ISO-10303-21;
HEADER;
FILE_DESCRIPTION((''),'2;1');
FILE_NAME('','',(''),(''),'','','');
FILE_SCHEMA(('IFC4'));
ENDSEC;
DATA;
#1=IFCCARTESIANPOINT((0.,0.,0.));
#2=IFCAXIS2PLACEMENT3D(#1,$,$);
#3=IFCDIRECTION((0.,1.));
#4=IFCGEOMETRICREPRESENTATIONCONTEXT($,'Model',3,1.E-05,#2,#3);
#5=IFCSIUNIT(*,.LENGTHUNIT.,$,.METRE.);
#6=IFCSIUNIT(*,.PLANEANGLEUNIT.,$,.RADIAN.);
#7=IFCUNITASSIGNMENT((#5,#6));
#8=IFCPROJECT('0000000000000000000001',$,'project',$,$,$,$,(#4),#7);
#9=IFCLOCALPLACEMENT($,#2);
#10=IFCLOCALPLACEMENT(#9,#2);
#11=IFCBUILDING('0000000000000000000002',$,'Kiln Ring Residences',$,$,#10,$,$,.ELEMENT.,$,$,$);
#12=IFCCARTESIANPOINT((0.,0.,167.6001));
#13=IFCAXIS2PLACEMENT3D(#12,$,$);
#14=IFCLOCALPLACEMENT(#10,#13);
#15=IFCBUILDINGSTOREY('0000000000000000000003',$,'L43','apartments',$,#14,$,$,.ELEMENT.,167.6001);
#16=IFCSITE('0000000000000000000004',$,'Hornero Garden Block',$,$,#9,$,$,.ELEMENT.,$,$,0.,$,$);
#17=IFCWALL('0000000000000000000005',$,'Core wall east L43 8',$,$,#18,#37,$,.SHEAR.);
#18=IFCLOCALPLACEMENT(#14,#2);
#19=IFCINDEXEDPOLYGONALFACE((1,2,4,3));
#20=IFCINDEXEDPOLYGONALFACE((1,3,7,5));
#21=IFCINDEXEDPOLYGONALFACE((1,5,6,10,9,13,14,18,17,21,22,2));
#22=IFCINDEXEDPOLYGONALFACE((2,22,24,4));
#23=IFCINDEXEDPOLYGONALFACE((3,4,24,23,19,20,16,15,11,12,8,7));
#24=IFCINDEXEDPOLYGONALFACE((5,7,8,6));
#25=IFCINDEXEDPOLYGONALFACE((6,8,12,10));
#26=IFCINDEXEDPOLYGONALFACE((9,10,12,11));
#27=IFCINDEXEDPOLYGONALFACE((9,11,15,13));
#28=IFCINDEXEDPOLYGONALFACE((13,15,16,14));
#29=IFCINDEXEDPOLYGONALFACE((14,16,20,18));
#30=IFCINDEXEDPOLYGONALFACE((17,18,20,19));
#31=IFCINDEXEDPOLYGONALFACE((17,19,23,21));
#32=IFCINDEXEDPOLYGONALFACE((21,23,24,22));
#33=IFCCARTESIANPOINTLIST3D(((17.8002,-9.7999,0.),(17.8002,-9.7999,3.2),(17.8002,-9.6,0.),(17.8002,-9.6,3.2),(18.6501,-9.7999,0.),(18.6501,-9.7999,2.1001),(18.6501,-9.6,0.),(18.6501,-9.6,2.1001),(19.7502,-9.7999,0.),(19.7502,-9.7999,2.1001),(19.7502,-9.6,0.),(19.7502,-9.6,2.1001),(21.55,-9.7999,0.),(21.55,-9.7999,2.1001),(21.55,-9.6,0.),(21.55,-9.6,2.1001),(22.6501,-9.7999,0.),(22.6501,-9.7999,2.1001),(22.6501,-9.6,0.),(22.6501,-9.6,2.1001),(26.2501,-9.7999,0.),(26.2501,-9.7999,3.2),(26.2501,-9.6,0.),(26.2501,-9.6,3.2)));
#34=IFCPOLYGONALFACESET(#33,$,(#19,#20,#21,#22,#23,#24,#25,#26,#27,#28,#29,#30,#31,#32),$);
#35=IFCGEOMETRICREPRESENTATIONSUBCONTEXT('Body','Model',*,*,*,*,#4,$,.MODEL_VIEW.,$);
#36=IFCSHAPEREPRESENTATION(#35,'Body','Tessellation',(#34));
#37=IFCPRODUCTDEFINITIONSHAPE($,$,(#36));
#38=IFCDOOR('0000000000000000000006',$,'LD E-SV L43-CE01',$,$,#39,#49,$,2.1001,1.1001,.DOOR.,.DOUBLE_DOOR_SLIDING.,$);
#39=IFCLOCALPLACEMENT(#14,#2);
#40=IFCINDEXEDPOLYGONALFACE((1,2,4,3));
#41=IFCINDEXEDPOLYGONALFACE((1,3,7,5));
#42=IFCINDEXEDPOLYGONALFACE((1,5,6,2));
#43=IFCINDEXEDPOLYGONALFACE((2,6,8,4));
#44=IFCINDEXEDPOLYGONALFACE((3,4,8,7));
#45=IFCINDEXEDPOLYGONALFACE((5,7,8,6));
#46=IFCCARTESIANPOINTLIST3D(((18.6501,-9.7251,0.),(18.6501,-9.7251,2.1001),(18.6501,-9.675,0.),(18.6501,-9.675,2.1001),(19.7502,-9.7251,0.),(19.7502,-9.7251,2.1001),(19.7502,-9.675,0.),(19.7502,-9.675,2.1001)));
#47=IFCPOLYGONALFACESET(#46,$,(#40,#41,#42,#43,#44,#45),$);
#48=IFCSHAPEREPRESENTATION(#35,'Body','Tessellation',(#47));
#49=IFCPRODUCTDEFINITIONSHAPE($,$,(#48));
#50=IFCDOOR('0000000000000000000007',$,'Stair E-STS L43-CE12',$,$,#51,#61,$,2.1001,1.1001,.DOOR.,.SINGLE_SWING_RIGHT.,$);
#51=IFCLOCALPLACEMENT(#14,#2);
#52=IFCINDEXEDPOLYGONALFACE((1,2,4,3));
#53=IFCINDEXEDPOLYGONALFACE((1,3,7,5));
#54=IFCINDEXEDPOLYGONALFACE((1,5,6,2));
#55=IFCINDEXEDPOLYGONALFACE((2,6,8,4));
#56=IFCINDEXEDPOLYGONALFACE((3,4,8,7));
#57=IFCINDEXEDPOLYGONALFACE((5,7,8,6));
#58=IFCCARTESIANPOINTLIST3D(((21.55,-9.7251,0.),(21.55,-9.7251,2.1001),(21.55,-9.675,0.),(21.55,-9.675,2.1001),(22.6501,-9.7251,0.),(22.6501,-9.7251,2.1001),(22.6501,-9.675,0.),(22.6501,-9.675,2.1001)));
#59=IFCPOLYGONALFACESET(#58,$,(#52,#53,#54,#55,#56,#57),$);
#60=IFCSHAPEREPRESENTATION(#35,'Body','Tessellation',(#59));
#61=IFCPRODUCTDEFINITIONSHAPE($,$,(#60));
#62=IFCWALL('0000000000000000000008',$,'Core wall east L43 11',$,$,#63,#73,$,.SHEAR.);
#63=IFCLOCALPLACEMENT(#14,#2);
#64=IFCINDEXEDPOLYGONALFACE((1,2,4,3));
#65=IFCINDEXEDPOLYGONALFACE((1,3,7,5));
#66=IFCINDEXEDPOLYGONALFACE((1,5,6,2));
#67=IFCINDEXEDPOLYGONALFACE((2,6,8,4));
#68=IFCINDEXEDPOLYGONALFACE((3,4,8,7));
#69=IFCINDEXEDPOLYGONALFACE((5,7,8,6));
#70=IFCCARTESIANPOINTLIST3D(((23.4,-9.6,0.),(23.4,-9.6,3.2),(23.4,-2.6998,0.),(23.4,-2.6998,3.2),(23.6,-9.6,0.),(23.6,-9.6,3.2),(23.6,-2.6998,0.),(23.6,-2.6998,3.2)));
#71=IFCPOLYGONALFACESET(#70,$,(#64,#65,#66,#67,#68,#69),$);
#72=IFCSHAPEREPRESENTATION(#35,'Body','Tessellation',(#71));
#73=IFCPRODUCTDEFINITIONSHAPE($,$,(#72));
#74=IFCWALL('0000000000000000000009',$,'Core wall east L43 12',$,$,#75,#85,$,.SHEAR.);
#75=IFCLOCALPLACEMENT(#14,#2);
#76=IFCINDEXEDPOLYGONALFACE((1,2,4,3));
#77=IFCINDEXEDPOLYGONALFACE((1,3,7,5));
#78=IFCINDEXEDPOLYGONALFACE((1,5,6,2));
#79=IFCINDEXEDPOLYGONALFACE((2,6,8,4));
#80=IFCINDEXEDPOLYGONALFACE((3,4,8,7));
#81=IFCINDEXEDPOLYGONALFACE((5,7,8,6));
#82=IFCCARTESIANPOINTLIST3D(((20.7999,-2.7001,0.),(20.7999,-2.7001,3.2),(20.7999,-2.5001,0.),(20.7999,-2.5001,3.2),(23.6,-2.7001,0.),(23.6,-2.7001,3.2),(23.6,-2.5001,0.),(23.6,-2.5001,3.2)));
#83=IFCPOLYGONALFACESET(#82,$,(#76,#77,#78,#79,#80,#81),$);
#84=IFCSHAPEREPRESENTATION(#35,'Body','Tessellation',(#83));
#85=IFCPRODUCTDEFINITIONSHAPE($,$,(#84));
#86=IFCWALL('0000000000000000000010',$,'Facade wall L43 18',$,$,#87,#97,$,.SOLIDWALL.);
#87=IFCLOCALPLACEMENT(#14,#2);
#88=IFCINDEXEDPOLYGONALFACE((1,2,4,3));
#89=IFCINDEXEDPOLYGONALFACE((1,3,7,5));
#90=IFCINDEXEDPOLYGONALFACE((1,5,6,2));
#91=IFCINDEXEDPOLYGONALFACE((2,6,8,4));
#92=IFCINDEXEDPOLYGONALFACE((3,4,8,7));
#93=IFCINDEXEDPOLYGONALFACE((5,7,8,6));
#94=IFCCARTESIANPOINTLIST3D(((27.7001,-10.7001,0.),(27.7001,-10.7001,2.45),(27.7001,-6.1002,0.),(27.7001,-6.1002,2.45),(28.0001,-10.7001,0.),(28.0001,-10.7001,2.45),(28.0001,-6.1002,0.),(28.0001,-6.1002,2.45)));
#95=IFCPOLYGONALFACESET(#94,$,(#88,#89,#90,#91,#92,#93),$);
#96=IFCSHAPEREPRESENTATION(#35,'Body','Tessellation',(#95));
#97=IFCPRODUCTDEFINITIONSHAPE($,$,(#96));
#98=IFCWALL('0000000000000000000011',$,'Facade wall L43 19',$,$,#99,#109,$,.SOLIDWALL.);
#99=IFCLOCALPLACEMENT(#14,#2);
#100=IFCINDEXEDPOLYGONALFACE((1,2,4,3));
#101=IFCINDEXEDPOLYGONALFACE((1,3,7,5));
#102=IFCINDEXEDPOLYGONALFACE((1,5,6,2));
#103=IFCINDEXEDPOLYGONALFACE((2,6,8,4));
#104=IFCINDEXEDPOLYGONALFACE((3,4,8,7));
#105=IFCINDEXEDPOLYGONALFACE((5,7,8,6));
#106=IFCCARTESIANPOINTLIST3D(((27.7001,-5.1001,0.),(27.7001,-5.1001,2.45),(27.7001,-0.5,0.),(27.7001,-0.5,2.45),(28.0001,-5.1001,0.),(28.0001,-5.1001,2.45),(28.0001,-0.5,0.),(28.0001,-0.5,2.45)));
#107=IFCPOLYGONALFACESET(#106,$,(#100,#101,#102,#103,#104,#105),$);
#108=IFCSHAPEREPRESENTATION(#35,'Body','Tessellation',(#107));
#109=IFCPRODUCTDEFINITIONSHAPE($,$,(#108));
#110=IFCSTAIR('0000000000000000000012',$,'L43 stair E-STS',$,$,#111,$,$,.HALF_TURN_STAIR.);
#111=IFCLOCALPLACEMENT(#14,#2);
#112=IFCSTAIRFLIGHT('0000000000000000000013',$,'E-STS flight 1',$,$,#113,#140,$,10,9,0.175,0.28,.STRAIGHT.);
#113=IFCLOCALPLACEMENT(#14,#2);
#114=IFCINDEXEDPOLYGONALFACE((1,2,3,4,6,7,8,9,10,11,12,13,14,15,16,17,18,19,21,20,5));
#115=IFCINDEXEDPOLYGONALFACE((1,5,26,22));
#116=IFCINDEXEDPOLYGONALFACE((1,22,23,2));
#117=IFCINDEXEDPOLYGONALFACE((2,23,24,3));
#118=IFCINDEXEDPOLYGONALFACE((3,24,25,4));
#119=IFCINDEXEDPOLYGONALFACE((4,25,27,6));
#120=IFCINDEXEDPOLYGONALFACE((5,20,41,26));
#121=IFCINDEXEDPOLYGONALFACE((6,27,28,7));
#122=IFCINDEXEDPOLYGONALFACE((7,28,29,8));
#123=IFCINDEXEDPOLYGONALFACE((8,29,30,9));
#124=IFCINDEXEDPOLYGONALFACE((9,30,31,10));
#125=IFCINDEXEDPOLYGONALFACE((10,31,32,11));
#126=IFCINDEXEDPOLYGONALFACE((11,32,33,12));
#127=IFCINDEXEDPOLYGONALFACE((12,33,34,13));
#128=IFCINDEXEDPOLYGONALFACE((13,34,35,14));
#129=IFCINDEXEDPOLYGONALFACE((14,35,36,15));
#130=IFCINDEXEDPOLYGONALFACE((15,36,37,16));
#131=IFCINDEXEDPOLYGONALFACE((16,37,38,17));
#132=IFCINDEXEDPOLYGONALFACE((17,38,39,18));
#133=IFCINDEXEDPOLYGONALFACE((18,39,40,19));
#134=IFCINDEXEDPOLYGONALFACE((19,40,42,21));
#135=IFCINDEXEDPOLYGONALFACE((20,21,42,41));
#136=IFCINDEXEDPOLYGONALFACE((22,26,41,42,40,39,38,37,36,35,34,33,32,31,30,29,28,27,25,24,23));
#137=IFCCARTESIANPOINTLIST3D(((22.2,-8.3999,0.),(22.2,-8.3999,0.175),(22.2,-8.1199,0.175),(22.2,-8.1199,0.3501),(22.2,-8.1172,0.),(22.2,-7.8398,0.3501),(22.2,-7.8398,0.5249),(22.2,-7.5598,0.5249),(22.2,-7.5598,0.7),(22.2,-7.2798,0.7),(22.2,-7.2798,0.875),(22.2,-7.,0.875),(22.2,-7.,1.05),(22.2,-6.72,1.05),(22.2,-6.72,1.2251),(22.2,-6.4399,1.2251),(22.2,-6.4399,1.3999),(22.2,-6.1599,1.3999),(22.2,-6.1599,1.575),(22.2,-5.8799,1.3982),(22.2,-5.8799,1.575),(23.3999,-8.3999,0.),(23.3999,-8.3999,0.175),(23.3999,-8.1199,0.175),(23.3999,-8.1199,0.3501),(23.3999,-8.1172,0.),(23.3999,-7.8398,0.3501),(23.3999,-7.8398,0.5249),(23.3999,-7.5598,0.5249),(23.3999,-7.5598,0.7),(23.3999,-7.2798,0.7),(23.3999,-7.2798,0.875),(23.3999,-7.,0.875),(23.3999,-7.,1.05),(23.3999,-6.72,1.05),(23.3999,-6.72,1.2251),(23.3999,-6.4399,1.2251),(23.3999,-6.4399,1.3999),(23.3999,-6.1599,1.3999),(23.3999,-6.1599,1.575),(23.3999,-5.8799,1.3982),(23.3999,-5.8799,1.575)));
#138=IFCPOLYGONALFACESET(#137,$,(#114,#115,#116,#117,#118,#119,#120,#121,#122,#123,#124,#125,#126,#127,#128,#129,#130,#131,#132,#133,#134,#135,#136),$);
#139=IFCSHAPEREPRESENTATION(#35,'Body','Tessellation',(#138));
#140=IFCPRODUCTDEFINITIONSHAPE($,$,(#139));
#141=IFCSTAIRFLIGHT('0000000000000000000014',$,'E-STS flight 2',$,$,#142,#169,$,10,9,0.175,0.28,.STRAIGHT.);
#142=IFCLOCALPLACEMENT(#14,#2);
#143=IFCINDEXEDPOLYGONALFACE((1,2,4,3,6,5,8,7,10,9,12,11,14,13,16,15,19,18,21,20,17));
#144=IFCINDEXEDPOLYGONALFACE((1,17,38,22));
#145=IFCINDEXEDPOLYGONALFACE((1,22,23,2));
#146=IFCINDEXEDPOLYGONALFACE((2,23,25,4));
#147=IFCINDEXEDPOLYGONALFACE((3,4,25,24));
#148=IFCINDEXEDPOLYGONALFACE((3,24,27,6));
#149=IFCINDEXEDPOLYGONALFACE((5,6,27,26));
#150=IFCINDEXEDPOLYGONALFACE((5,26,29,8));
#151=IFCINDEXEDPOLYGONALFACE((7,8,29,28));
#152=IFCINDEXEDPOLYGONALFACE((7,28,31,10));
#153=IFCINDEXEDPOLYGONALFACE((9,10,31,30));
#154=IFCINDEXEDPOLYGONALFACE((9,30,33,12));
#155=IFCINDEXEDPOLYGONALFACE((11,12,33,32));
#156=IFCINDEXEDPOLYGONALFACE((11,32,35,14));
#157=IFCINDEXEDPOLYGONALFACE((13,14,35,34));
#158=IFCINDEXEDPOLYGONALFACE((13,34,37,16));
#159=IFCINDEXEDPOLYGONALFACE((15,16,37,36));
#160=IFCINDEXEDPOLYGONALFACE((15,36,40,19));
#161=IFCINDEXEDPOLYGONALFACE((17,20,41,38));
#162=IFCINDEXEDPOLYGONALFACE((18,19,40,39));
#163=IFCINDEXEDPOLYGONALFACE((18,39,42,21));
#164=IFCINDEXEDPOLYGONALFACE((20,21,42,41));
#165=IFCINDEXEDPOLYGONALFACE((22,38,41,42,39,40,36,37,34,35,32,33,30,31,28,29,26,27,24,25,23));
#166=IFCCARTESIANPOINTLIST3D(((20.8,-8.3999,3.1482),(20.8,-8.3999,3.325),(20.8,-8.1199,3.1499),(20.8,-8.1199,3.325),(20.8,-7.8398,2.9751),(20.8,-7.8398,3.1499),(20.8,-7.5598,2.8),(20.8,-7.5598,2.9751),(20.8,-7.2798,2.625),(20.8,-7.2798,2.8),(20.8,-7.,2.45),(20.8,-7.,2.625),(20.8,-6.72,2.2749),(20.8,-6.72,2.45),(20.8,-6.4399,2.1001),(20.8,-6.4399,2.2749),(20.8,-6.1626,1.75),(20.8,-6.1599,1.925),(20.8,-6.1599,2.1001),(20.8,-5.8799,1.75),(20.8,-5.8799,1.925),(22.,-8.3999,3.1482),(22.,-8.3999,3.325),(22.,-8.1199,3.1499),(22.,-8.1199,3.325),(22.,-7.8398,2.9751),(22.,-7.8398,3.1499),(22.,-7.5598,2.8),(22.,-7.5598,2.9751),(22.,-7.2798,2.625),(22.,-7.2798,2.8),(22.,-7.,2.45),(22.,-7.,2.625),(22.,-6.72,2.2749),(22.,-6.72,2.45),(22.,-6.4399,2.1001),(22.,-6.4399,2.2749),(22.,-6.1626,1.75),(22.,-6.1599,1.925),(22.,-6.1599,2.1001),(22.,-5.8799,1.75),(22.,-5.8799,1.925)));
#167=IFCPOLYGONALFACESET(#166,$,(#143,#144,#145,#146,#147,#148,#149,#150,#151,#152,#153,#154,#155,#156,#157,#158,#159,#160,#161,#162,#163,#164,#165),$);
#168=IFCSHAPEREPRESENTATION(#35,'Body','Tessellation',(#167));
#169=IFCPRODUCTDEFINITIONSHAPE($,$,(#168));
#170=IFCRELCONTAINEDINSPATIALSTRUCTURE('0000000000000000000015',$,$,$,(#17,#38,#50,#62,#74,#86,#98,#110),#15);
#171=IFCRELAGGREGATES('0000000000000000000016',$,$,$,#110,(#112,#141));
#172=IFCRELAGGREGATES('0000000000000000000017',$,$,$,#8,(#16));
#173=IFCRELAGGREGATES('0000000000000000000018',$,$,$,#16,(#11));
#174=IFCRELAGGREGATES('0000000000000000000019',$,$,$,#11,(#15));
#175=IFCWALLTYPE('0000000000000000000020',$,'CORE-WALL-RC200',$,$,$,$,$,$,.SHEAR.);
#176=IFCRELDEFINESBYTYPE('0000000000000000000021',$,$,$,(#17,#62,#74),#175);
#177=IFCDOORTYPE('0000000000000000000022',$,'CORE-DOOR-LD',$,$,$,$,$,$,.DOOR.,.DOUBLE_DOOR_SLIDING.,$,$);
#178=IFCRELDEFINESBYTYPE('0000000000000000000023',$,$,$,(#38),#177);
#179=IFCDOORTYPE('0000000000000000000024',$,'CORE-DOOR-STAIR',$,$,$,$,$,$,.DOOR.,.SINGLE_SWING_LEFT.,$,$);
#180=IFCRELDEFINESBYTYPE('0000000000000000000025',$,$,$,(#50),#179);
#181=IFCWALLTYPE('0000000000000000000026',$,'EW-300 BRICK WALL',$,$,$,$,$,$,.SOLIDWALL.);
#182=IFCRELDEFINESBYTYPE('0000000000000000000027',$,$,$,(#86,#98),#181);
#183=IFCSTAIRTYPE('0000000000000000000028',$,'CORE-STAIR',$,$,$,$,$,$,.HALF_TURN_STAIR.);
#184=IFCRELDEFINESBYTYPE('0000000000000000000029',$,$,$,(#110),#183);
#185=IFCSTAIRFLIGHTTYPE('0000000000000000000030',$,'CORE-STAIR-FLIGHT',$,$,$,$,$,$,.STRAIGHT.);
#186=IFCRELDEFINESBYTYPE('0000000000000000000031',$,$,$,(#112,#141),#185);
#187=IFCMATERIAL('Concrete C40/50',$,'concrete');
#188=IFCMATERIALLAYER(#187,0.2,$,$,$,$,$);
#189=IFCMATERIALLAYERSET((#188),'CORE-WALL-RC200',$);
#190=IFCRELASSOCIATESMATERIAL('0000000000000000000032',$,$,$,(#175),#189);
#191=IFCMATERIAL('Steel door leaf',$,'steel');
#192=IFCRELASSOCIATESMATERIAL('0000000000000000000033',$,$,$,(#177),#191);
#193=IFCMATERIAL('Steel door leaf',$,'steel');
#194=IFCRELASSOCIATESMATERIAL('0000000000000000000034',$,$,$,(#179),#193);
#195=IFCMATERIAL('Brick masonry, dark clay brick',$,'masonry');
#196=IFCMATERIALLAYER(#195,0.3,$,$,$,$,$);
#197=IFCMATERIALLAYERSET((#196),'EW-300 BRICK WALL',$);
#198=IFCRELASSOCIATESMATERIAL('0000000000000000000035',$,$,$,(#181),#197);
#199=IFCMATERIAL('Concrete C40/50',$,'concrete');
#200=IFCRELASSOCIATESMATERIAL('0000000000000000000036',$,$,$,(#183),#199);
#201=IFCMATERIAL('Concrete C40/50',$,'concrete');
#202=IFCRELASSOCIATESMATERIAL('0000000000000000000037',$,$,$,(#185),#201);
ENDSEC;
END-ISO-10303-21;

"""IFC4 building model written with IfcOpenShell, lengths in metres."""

from ifc_helpers import new_model, si_unit, direction, frame, frame_2d, origin, place, context, subcontext, project, spatial, polyline, rectangle, outline, extrude, material, layer, layer_set, type_object, element, fill, aggregate, save


model = new_model("IFC4")

# Units and contexts
model_context = context("Model", 3, precision=1e-05, world=origin(), true_north=direction((0.0, 1.0)))
body_context = subcontext(model_context, "Body", "Model", "MODEL_VIEW")
ifc_project = project(units=[si_unit("LENGTHUNIT", "METRE"), si_unit("PLANEANGLEUNIT", "RADIAN")], contexts=[model_context])

# Site, building, storey
site_placement = place(None, origin())
site = spatial("IfcSite", under=ifc_project, at=site_placement, Name="Hornero Garden Block", CompositionType="ELEMENT", RefElevation=0.0)
building_placement = place(site_placement, origin())
building = spatial("IfcBuilding", under=site, at=building_placement, Name="Kiln Ring Residences", CompositionType="ELEMENT")
storey_placement = place(building_placement, frame((0.0, 0.0, 167.6001)))
storey = spatial("IfcBuildingStorey", under=building, at=storey_placement, Name="L43", Description="apartments", CompositionType="ELEMENT", Elevation=167.6001)

# Shared definitions
ifc_material_1 = material(Name="Concrete C40/50", Category="concrete")
ifc_layer_1 = layer(ifc_material_1, 0.2)
ifc_layer_set_1 = layer_set([ifc_layer_1], Name="CORE-WALL-RC200")
wall_type_1 = type_object("IfcWallType", Name="CORE-WALL-RC200", PredefinedType="SHEAR", material=ifc_layer_set_1)

# Wall, openings, doors
wall_1_placement = place(storey_placement, frame((17.8, -9.7, 0.0), z_axis=(0.0, 0.0, 1.0), x_axis=(1.0, 0.0, 0.0)))
wall_1 = element("IfcWall", 1, at=wall_1_placement, inside=storey, type_object=wall_type_1, Name="Core wall east L43 8", PredefinedType="SHEAR", context=body_context, shape_type="SweptSolid", body=[
    extrude(rectangle(XDim=8.45, YDim=0.2, at=frame_2d((4.2251, 0.0))), origin(), (0.0, 0.0, 1.0), 3.2),
])
opening_1_placement = place(wall_1_placement, frame((0.8501, 0.0, 0.0)))
opening_1 = element("IfcOpeningElement", 2, at=opening_1_placement, cuts=wall_1, PredefinedType="OPENING", context=body_context, shape_type="SweptSolid", body=[
    extrude(rectangle(XDim=1.1001, YDim=2.1001, at=frame_2d((0.55, 1.05))), frame((0.0, 0.1099, 0.0), z_axis=(0.0, -1.0, 0.0), x_axis=(1.0, 0.0, 0.0)), (0.0, 0.0, 1.0), 0.22),
])
opening_2_placement = place(wall_1_placement, frame((3.75, 0.0, 0.0)))
opening_2 = element("IfcOpeningElement", 3, at=opening_2_placement, cuts=wall_1, PredefinedType="OPENING", context=body_context, shape_type="SweptSolid", body=[
    extrude(rectangle(XDim=1.1001, YDim=2.1001, at=frame_2d((0.55, 1.05))), frame((0.0, 0.1099, 0.0), z_axis=(0.0, -1.0, 0.0), x_axis=(1.0, 0.0, 0.0)), (0.0, 0.0, 1.0), 0.22),
])
ifc_material_2 = material(Name="Steel door leaf", Category="steel")
door_type_1 = type_object("IfcDoorType", Name="CORE-DOOR-LD", OperationType="DOUBLE_DOOR_SLIDING", PredefinedType="DOOR", material=ifc_material_2)
door_1_placement = place(opening_1_placement, origin())
door_1 = element("IfcDoor", 4, at=door_1_placement, inside=storey, type_object=door_type_1, Name="LD E-SV L43-CE01", OperationType="DOUBLE_DOOR_SLIDING", OverallHeight=2.1001, OverallWidth=1.1001, PredefinedType="DOOR", context=body_context, shape_type="SweptSolid", body=[
    extrude(rectangle(XDim=1.1001, YDim=2.1001, at=frame_2d((0.55, 1.05))), frame((0.0, 0.0249, 0.0), z_axis=(0.0, -1.0, 0.0), x_axis=(1.0, 0.0, 0.0)), (0.0, 0.0, 1.0), 0.05),
])
fill(opening_1, door_1)
ifc_material_3 = material(Name="Steel door leaf", Category="steel")
door_type_2 = type_object("IfcDoorType", Name="CORE-DOOR-STAIR", OperationType="SINGLE_SWING_LEFT", PredefinedType="DOOR", material=ifc_material_3)
door_2_placement = place(opening_2_placement, origin())
door_2 = element("IfcDoor", 5, at=door_2_placement, inside=storey, type_object=door_type_2, Name="Stair E-STS L43-CE12", OperationType="SINGLE_SWING_RIGHT", OverallHeight=2.1001, OverallWidth=1.1001, PredefinedType="DOOR", context=body_context, shape_type="SweptSolid", body=[
    extrude(rectangle(XDim=1.1001, YDim=2.1001, at=frame_2d((0.55, 1.05))), frame((0.0, 0.0249, 0.0), z_axis=(0.0, -1.0, 0.0), x_axis=(1.0, 0.0, 0.0)), (0.0, 0.0, 1.0), 0.05),
])
fill(opening_2, door_2)

# Walls
wall_2_placement = place(storey_placement, frame((23.5, -9.6001, 0.0), z_axis=(0.0, 0.0, 1.0), x_axis=(0.0, 1.0, 0.0)))
element("IfcWall", 6, at=wall_2_placement, inside=storey, type_object=wall_type_1, Name="Core wall east L43 11", PredefinedType="SHEAR", context=body_context, shape_type="SweptSolid", body=[
    extrude(rectangle(XDim=6.9001, YDim=0.2, at=frame_2d((3.4502, 0.0))), origin(), (0.0, 0.0, 1.0), 3.2),
])
wall_3_placement = place(storey_placement, frame((20.8, -2.6001, 0.0), z_axis=(0.0, 0.0, 1.0), x_axis=(1.0, 0.0, 0.0)))
element("IfcWall", 7, at=wall_3_placement, inside=storey, type_object=wall_type_1, Name="Core wall east L43 12", PredefinedType="SHEAR", context=body_context, shape_type="SweptSolid", body=[
    extrude(rectangle(XDim=2.8, YDim=0.2, at=frame_2d((1.3999, 0.0))), origin(), (0.0, 0.0, 1.0), 3.2),
])
ifc_material_4 = material(Name="Brick masonry, dark clay brick", Category="masonry")
ifc_layer_2 = layer(ifc_material_4, 0.3)
ifc_layer_set_2 = layer_set([ifc_layer_2], Name="EW-300 BRICK WALL")
wall_type_2 = type_object("IfcWallType", Name="EW-300 BRICK WALL", PredefinedType="SOLIDWALL", material=ifc_layer_set_2)
wall_4_placement = place(storey_placement, frame((27.8501, -10.7, 0.0), z_axis=(0.0, 0.0, 1.0), x_axis=(0.0, 1.0, 0.0)))
element("IfcWall", 8, at=wall_4_placement, inside=storey, type_object=wall_type_2, Name="Facade wall L43 18", PredefinedType="SOLIDWALL", context=body_context, shape_type="SweptSolid", body=[
    extrude(rectangle(XDim=4.5999, YDim=0.3, at=frame_2d((2.2998, 0.0))), origin(), (0.0, 0.0, 1.0), 2.45),
])
wall_5_placement = place(storey_placement, frame((27.8501, -5.1001, 0.0), z_axis=(0.0, 0.0, 1.0), x_axis=(0.0, 1.0, 0.0)))
element("IfcWall", 9, at=wall_5_placement, inside=storey, type_object=wall_type_2, Name="Facade wall L43 19", PredefinedType="SOLIDWALL", context=body_context, shape_type="SweptSolid", body=[
    extrude(rectangle(XDim=4.6001, YDim=0.3, at=frame_2d((2.3, 0.0))), origin(), (0.0, 0.0, 1.0), 2.45),
])

# Stair, stair flights
ifc_material_5 = material(Name="Concrete C40/50", Category="concrete")
stair_type = type_object("IfcStairType", Name="CORE-STAIR", PredefinedType="HALF_TURN_STAIR", material=ifc_material_5)
stair_placement = place(storey_placement, origin())
stair = element("IfcStair", 10, at=stair_placement, inside=storey, type_object=stair_type, Name="L43 stair E-STS", PredefinedType="HALF_TURN_STAIR")
ifc_material_6 = material(Name="Concrete C40/50", Category="concrete")
stair_flight_type = type_object("IfcStairFlightType", Name="CORE-STAIR-FLIGHT", PredefinedType="STRAIGHT", material=ifc_material_6)
stair_flight_1_placement = place(storey_placement, frame((22.8, -8.3999, 0.0), z_axis=(0.0, 0.0, 1.0), x_axis=(0.0, 1.0, 0.0)))
stair_flight_1 = element("IfcStairFlight", 11, at=stair_flight_1_placement, type_object=stair_flight_type, Name="E-STS flight 1", NumberOfRisers=10, NumberOfTreads=9, PredefinedType="STRAIGHT", RiserHeight=0.175, TreadLength=0.28, context=body_context, shape_type="SweptSolid", body=[
    extrude(outline(polyline([(0.0, 0.0), (0.0, 0.175), (0.28, 0.175), (0.28, 0.3501), (0.5601, 0.3501), (0.5601, 0.5249), (0.8401, 0.5249), (0.8401, 0.7), (1.1201, 0.7), (1.1201, 0.875), (1.3999, 0.875), (1.3999, 1.05), (1.6799, 1.05), (1.6799, 1.2251), (1.96, 1.2251), (1.96, 1.3999), (2.24, 1.3999), (2.24, 1.575), (2.52, 1.575), (2.52, 1.75), (2.52, 1.3982), (0.2827, 0.0), (0.0, 0.0)])), frame((0.0, 0.6001, 0.0), z_axis=(0.0, -1.0, 0.0), x_axis=(1.0, 0.0, 0.0)), (0.0, 0.0, 1.0), 1.2),
])
stair_flight_2_placement = place(storey_placement, frame((21.3999, -5.8799, 1.75), z_axis=(0.0, 0.0, 1.0), x_axis=(0.0, -1.0, 0.0)))
stair_flight_2 = element("IfcStairFlight", 12, at=stair_flight_2_placement, type_object=stair_flight_type, Name="E-STS flight 2", NumberOfRisers=10, NumberOfTreads=9, PredefinedType="STRAIGHT", RiserHeight=0.175, TreadLength=0.28, context=body_context, shape_type="SweptSolid", body=[
    extrude(outline(polyline([(0.0, 0.0), (0.0, 0.175), (0.28, 0.175), (0.28, 0.3501), (0.5601, 0.3501), (0.5601, 0.5249), (0.8401, 0.5249), (0.8401, 0.7), (1.1201, 0.7), (1.1201, 0.875), (1.3999, 0.875), (1.3999, 1.05), (1.6799, 1.05), (1.6799, 1.2251), (1.96, 1.2251), (1.96, 1.3999), (2.24, 1.3999), (2.24, 1.575), (2.52, 1.575), (2.52, 1.75), (2.52, 1.3982), (0.2827, 0.0), (0.0, 0.0)])), frame((0.0, 0.6001, 0.0), z_axis=(0.0, -1.0, 0.0), x_axis=(1.0, 0.0, 0.0)), (0.0, 0.0, 1.0), 1.2),
])
aggregate(stair, [stair_flight_1, stair_flight_2])

save(model, "model.ifc")
